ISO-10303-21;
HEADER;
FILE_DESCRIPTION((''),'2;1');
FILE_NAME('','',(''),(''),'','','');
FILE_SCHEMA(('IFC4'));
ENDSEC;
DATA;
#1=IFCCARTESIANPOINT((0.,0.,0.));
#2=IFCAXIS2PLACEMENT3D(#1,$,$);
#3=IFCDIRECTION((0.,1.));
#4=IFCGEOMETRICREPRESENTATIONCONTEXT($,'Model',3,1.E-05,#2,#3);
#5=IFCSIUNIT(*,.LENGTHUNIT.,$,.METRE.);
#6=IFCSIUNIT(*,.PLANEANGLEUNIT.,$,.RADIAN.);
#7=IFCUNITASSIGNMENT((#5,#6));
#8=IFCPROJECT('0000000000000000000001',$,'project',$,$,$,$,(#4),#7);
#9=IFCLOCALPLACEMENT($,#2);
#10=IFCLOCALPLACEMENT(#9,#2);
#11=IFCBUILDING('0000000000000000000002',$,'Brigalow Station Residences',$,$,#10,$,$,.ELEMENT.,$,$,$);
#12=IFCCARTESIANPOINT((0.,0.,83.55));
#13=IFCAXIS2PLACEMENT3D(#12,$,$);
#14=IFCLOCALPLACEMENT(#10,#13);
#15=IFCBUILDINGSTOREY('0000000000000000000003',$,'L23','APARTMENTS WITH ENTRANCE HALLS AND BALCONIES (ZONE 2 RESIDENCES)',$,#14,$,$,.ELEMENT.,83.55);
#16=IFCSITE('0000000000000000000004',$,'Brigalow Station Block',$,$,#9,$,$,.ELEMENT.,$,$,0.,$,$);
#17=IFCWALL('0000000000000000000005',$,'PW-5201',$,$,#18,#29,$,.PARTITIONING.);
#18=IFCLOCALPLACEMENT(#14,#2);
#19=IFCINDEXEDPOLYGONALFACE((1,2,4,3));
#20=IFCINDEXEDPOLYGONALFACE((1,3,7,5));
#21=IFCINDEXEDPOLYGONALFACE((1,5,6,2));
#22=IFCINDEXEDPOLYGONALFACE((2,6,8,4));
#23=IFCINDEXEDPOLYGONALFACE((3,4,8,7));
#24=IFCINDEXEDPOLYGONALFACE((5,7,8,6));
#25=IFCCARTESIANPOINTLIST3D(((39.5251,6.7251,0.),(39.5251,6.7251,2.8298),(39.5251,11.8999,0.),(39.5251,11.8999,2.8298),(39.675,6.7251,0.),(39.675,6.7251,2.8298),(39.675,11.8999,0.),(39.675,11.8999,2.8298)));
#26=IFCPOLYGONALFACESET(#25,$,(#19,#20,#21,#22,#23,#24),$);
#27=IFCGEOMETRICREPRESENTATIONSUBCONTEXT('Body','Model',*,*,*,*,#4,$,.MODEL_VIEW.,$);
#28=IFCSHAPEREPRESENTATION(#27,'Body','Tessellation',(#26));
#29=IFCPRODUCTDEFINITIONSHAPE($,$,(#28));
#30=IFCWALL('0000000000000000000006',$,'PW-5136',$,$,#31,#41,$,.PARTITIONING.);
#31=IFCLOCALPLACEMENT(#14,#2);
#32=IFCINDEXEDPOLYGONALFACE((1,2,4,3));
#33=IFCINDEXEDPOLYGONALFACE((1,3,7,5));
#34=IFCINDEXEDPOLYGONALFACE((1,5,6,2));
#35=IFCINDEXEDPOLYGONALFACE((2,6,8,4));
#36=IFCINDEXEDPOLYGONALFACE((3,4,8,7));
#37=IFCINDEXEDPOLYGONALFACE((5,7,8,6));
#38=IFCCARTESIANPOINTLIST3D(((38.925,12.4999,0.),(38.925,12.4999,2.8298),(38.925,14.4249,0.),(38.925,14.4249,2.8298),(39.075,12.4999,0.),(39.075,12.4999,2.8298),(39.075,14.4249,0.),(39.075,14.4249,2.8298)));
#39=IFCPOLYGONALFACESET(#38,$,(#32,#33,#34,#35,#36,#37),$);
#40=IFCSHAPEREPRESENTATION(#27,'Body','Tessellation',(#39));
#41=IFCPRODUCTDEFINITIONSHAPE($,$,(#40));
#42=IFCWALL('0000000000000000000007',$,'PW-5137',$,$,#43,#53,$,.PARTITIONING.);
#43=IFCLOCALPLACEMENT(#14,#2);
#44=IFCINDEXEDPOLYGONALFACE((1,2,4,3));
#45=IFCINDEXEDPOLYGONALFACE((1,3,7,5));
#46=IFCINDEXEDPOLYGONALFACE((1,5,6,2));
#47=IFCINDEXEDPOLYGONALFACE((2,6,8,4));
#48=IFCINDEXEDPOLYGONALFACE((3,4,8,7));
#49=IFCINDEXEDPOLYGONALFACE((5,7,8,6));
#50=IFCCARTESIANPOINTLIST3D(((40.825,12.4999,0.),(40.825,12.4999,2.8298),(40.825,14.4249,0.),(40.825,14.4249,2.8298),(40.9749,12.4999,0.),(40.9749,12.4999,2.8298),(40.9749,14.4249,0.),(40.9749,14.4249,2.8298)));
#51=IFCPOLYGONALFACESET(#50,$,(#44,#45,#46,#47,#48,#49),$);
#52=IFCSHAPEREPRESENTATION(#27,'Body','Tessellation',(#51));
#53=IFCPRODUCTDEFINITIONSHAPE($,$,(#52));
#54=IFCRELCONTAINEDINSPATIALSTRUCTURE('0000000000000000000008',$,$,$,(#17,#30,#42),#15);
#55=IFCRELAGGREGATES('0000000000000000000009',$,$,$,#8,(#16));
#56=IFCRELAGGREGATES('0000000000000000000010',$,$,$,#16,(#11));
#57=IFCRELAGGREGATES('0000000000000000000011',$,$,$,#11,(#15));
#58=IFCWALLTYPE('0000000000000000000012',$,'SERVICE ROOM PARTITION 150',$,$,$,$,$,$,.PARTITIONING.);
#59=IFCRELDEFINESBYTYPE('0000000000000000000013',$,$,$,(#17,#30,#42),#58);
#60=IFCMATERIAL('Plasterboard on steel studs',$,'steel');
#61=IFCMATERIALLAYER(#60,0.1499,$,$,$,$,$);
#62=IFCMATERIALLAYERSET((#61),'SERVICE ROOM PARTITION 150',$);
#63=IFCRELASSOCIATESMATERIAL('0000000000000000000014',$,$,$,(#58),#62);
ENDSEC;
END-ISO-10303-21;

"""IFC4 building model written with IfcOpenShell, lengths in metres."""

from ifc_helpers import new_model, si_unit, direction, frame, frame_2d, origin, place, context, subcontext, project, spatial, rectangle, extrude, material, layer, layer_set, type_object, element, save


model = new_model("IFC4")

# Units and contexts
model_context = context("Model", 3, precision=1e-05, world=origin(), true_north=direction((0.0, 1.0)))
body_context = subcontext(model_context, "Body", "Model", "MODEL_VIEW")
ifc_project = project(units=[si_unit("LENGTHUNIT", "METRE"), si_unit("PLANEANGLEUNIT", "RADIAN")], contexts=[model_context])

# Site, building, storey
site_placement = place(None, origin())
site = spatial("IfcSite", under=ifc_project, at=site_placement, Name="Brigalow Station Block", CompositionType="ELEMENT", RefElevation=0.0)
building_placement = place(site_placement, origin())
building = spatial("IfcBuilding", under=site, at=building_placement, Name="Brigalow Station Residences", CompositionType="ELEMENT")
storey_placement = place(building_placement, frame((0.0, 0.0, 83.55)))
storey = spatial("IfcBuildingStorey", under=building, at=storey_placement, Name="L23", Description="APARTMENTS WITH ENTRANCE HALLS AND BALCONIES (ZONE 2 RESIDENCES)", CompositionType="ELEMENT", Elevation=83.55)

# Walls
ifc_material_1 = material(Name="Plasterboard on steel studs", Category="steel")
ifc_layer_1 = layer(ifc_material_1, 0.1499)
ifc_layer_set_1 = layer_set([ifc_layer_1], Name="SERVICE ROOM PARTITION 150")
wall_type_1 = type_object("IfcWallType", Name="SERVICE ROOM PARTITION 150", PredefinedType="PARTITIONING", material=ifc_layer_set_1)
wall_1_placement = place(storey_placement, frame((39.6001, 6.7251, 0.0), z_axis=(0.0, 0.0, 1.0), x_axis=(0.0, 1.0, 0.0)))
element("IfcWall", 1, at=wall_1_placement, inside=storey, type_object=wall_type_1, Name="PW-5201", PredefinedType="PARTITIONING", context=body_context, shape_type="SweptSolid", body=[
    extrude(rectangle(XDim=5.1748, YDim=0.1499, at=frame_2d((2.5874, 0.0))), origin(), (0.0, 0.0, 1.0), 2.8298),
])
for number, where, z_axis, x_axis, name in (
    (2, (39.0, 12.5, 0.0), (0.0, 0.0, 1.0), (0.0, 1.0, 0.0), "PW-5136"),
    (3, (40.8999, 12.5, 0.0), (0.0, 0.0, 1.0), (0.0, 1.0, 0.0), "PW-5137"),
):
    element("IfcWall", number, at=place(storey_placement, frame(where, z_axis=z_axis, x_axis=x_axis)), inside=storey, type_object=wall_type_1, Name=name, PredefinedType="PARTITIONING", context=body_context, shape_type="SweptSolid", body=[
        extrude(rectangle(XDim=1.925, YDim=0.1499, at=frame_2d((0.9624, 0.0))), origin(), (0.0, 0.0, 1.0), 2.8298),
    ])

save(model, "model.ifc")
